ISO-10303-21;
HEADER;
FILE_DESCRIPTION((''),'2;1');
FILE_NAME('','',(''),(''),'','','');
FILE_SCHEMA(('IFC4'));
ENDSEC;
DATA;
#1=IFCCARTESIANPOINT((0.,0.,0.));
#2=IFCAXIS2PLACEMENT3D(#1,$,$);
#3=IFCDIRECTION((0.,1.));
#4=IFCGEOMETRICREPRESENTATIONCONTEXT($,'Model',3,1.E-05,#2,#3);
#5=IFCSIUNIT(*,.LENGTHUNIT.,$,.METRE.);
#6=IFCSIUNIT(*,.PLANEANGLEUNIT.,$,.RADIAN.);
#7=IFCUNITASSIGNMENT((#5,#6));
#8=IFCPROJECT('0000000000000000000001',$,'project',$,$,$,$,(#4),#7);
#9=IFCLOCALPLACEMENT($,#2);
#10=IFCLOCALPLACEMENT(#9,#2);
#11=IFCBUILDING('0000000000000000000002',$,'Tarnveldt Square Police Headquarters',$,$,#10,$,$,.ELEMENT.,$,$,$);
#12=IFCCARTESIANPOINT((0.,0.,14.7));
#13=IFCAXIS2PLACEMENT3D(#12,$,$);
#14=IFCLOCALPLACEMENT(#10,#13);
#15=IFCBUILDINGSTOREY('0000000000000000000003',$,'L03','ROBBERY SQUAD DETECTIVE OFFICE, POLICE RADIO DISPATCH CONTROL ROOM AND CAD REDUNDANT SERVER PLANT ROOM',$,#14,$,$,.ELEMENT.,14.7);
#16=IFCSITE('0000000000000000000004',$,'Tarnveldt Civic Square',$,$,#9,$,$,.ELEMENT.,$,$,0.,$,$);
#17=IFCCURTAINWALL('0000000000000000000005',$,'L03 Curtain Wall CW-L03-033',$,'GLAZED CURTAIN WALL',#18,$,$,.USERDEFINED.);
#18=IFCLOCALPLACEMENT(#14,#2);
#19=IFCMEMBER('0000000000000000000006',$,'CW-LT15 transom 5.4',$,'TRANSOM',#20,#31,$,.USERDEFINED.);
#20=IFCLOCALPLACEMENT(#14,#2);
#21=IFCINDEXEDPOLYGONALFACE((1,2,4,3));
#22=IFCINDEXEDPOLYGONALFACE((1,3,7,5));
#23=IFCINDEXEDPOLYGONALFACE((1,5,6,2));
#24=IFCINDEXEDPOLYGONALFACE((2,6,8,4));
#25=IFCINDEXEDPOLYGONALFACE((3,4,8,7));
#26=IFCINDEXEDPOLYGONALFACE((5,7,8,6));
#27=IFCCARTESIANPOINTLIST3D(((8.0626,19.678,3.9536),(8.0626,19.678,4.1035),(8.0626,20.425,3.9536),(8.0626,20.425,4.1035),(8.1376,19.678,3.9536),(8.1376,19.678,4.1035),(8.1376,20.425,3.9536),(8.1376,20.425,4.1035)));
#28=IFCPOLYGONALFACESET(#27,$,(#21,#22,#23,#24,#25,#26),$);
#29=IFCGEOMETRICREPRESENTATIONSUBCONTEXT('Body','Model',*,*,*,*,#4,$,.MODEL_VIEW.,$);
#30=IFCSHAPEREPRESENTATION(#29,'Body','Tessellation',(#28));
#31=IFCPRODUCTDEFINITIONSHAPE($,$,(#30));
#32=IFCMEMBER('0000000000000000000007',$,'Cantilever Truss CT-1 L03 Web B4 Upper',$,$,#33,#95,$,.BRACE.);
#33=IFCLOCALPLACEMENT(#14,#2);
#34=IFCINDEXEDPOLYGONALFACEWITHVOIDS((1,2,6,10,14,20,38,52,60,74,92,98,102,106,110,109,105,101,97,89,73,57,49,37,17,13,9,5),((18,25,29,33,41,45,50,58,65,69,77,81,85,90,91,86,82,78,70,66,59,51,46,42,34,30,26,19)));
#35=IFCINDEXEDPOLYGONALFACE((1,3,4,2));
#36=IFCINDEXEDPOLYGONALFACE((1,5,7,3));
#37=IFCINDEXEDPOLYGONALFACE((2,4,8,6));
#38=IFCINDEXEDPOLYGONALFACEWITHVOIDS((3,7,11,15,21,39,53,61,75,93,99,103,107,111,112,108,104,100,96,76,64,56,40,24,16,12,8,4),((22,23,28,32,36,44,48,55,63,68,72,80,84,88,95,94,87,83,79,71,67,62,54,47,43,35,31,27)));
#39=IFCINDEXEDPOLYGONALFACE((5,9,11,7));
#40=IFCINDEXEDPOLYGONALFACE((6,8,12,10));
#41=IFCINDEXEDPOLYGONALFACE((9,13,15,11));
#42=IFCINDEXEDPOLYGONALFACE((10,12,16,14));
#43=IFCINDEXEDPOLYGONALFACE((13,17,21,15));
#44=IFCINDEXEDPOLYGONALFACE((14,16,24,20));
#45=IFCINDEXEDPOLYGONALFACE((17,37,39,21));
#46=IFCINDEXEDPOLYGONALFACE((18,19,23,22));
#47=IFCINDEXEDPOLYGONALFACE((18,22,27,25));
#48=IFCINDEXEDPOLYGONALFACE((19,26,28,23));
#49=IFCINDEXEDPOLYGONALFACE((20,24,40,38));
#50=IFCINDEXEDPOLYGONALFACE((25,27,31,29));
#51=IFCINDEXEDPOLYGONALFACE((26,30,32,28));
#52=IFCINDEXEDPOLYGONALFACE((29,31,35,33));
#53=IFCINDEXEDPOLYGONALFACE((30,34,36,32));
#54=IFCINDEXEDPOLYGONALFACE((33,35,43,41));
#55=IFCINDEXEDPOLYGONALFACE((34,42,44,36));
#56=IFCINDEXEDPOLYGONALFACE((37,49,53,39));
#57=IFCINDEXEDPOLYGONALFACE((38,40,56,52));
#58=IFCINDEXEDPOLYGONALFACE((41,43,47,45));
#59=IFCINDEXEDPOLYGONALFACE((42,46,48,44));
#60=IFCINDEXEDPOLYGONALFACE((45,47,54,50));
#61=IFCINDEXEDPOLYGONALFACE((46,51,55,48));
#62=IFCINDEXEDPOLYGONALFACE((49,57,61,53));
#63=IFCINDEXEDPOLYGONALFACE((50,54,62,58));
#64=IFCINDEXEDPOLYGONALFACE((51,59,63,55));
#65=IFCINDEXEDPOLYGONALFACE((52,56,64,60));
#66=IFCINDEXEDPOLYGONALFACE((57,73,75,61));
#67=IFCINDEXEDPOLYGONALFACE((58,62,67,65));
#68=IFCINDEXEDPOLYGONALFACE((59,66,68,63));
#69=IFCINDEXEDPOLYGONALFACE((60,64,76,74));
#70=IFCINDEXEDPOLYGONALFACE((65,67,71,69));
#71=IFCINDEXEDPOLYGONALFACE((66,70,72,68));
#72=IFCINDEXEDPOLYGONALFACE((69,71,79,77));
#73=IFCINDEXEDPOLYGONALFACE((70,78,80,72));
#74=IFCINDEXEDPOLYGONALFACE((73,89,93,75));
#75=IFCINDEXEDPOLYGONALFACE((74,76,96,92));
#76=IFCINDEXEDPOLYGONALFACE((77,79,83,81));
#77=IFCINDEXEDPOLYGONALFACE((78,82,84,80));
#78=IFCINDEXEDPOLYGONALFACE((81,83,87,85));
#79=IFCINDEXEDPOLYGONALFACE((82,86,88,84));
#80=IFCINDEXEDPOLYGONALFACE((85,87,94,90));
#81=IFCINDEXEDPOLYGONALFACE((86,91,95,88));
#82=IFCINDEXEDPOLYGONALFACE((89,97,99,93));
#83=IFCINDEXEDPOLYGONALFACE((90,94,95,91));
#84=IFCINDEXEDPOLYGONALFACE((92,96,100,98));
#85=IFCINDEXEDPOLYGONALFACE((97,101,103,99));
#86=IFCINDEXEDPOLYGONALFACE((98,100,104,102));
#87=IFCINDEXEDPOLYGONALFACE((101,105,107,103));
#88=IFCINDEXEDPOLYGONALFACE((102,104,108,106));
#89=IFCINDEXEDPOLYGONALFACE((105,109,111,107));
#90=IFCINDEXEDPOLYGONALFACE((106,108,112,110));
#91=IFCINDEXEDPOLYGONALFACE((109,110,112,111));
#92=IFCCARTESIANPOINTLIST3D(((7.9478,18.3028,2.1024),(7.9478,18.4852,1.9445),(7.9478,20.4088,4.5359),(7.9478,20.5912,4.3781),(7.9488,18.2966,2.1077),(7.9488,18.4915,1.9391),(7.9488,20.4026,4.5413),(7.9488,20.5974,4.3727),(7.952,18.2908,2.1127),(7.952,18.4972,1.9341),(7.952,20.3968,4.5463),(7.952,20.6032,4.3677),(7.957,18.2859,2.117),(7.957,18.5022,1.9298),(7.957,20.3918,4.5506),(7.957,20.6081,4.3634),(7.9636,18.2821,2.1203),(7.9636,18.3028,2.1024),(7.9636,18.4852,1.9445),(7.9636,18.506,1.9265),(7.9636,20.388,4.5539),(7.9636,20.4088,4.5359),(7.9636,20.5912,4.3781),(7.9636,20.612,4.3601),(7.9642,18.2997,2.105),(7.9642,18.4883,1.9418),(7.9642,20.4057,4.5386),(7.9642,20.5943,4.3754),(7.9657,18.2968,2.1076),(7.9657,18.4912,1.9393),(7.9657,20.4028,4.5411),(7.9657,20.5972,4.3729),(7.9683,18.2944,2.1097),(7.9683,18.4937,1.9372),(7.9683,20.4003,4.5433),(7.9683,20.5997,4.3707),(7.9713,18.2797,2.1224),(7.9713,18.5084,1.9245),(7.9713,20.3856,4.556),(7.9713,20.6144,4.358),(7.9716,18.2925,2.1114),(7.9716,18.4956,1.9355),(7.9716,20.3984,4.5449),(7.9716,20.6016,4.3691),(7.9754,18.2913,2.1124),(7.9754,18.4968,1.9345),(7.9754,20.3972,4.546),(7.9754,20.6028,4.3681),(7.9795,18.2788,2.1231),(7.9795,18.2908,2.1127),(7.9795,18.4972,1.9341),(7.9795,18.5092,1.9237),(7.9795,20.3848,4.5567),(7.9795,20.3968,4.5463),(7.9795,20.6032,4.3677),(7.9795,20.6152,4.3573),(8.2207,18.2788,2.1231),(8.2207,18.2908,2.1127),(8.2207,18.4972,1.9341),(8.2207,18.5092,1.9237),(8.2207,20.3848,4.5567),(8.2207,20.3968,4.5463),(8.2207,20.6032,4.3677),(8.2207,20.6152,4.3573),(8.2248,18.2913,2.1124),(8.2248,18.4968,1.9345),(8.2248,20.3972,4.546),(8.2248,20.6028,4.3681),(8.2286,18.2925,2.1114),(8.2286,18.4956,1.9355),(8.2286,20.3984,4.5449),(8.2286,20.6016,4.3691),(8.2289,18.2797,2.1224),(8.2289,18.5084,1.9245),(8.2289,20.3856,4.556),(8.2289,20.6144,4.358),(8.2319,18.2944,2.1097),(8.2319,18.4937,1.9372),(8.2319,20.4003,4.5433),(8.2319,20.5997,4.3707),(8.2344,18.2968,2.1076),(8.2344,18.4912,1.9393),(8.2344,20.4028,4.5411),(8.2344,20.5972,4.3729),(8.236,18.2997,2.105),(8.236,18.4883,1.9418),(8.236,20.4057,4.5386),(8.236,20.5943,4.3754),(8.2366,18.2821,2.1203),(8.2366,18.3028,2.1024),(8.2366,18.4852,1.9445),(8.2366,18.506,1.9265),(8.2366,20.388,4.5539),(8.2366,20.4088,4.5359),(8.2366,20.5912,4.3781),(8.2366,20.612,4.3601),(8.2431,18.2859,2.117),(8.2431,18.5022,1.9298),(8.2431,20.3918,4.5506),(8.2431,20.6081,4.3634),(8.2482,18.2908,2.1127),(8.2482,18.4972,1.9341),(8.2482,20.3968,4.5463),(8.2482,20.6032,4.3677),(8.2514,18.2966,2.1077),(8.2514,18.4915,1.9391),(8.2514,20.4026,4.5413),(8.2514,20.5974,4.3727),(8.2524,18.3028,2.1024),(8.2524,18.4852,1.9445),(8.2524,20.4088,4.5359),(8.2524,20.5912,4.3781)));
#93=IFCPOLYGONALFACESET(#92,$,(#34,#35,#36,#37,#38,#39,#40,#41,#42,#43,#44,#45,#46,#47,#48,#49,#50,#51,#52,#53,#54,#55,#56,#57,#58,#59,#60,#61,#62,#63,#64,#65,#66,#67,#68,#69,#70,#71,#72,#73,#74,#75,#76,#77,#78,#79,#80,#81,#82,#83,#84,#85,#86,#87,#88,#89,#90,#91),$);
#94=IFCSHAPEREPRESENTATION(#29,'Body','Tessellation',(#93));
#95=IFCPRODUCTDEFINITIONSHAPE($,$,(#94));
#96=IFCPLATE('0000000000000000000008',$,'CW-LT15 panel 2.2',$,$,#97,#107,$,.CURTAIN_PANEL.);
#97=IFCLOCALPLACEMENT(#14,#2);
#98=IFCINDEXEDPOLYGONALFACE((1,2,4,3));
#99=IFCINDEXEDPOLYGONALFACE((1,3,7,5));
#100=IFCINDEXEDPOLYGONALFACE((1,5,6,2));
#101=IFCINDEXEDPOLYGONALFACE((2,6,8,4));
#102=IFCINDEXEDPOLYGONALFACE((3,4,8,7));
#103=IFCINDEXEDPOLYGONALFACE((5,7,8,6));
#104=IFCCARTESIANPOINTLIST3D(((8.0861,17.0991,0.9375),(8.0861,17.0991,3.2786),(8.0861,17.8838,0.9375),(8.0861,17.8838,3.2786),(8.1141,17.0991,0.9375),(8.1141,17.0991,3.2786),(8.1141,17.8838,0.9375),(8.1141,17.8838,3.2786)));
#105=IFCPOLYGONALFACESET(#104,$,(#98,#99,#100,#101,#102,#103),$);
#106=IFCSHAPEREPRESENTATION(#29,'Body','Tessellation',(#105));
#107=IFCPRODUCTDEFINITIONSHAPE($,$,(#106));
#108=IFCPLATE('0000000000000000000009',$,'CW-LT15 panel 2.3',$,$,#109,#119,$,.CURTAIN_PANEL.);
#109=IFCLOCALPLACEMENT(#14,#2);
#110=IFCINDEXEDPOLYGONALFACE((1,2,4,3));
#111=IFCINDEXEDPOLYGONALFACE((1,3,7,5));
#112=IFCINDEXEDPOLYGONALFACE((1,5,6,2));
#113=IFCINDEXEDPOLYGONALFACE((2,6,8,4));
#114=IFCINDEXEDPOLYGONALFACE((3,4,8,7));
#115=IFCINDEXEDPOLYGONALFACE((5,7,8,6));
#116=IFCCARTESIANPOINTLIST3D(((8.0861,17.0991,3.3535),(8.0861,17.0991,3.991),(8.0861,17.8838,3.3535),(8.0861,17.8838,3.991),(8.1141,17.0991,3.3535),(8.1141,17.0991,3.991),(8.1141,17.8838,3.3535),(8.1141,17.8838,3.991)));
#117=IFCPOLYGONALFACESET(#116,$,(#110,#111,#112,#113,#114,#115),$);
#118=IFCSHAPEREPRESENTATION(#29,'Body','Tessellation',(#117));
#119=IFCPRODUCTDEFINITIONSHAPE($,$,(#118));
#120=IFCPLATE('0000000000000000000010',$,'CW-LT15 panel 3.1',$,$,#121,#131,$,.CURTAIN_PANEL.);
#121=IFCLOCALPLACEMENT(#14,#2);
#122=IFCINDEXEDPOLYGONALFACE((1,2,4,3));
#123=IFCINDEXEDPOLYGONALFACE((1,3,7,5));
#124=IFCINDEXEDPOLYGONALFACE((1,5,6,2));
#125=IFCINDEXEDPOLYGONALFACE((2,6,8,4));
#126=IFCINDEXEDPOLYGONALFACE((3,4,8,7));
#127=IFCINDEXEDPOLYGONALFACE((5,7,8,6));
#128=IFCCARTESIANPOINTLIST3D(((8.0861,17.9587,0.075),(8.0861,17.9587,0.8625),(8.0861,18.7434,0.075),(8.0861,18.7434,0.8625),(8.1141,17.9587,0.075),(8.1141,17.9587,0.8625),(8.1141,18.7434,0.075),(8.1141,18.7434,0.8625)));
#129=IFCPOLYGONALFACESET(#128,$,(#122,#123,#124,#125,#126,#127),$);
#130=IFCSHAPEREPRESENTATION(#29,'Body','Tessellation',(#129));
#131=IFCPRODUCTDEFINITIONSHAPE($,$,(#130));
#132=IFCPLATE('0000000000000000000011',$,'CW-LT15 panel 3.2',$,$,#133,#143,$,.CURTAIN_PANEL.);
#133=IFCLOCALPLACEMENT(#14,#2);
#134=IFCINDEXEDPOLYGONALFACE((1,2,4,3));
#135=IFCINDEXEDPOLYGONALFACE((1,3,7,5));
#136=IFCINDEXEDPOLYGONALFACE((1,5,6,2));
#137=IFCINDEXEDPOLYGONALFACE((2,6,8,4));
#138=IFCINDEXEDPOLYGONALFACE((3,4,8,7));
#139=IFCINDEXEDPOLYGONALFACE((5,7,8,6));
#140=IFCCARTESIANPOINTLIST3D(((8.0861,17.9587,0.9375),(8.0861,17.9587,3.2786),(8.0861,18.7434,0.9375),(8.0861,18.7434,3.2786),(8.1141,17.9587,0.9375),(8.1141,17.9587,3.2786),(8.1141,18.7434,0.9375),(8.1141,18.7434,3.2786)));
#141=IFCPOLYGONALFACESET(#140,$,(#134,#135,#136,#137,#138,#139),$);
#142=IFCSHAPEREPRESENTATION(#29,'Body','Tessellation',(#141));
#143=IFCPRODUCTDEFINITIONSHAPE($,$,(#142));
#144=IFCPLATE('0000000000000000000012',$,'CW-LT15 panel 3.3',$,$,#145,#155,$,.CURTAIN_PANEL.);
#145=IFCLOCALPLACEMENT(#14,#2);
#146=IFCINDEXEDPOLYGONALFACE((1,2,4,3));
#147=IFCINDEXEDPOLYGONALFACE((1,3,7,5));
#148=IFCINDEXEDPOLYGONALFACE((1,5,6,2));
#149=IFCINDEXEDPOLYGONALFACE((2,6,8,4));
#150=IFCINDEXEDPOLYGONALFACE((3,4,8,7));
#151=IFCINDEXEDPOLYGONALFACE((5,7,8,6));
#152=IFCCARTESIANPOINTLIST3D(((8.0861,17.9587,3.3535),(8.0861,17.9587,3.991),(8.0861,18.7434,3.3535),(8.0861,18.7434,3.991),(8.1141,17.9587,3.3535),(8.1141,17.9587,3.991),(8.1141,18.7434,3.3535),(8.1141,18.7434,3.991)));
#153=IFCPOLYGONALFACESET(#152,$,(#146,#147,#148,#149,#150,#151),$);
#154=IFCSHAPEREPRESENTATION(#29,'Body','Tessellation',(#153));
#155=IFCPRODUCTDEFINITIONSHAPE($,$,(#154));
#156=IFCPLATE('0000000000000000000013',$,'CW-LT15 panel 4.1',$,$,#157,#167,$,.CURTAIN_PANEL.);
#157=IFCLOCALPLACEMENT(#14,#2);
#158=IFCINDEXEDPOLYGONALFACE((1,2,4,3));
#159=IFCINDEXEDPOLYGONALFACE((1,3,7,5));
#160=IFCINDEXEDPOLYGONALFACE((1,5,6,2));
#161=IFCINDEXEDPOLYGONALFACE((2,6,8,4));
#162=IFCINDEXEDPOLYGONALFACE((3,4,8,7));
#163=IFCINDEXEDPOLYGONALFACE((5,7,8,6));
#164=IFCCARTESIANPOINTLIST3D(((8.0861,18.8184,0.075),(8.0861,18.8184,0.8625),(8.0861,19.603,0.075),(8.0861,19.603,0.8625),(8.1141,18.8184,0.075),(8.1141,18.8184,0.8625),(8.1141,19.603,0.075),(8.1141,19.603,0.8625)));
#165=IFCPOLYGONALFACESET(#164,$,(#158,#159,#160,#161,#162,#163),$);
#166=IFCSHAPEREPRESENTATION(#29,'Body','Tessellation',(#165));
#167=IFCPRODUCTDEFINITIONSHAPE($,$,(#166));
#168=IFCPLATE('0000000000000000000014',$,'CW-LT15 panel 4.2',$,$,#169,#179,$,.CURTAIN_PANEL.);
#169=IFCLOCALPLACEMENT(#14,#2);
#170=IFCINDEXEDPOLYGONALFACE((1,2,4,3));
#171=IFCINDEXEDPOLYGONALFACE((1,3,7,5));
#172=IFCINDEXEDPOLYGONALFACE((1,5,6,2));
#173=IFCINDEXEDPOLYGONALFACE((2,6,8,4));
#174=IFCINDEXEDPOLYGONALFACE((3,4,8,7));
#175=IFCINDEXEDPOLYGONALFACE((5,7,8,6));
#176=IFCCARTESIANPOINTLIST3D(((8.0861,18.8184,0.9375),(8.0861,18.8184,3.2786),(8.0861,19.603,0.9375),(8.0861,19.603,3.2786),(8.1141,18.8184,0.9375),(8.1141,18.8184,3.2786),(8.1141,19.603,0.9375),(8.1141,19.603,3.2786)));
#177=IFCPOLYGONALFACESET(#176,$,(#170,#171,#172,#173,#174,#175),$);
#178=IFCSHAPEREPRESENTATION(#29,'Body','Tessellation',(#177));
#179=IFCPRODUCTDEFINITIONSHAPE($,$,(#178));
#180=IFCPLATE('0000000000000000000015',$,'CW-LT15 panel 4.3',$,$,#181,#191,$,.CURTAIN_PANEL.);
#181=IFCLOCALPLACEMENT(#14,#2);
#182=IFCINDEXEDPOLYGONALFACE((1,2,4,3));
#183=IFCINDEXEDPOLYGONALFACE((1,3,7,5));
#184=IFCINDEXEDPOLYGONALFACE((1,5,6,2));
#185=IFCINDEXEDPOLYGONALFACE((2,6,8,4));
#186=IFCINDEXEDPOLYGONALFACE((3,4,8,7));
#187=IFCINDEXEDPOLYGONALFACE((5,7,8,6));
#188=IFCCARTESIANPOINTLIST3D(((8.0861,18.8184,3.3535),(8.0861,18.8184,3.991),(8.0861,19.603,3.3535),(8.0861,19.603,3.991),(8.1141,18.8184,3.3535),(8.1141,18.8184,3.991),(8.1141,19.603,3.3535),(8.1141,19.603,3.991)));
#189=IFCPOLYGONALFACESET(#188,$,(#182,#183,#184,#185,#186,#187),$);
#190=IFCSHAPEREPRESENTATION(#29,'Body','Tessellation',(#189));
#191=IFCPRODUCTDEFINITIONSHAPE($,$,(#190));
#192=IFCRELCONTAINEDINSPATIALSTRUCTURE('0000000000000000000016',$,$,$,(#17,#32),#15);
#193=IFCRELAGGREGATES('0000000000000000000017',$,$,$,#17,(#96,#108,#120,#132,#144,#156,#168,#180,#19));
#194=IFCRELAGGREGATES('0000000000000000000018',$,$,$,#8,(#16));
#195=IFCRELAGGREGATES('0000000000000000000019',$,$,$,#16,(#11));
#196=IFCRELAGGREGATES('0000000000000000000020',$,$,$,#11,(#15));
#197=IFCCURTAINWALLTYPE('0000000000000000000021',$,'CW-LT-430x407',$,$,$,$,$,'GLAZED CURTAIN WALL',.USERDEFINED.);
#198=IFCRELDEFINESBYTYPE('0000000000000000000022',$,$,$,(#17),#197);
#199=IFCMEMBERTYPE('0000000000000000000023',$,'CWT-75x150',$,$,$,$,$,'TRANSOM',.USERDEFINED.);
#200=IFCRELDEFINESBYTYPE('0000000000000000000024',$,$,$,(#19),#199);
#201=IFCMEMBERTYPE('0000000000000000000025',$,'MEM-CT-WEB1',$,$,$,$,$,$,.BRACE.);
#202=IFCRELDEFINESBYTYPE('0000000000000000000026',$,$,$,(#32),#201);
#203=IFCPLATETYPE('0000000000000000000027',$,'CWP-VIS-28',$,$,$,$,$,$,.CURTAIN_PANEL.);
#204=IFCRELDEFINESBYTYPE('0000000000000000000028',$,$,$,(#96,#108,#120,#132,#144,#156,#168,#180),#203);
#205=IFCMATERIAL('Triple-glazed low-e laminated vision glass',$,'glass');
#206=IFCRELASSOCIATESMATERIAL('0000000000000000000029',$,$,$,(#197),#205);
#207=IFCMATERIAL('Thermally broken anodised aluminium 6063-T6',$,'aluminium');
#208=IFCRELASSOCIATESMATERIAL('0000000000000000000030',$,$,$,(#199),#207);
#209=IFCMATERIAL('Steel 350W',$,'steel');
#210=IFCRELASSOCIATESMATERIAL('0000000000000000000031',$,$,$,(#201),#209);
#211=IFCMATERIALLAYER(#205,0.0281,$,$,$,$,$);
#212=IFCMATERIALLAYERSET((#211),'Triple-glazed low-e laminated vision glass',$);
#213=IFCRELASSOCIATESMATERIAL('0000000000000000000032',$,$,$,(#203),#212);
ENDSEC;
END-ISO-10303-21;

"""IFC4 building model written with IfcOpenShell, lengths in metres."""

from ifc_helpers import new_model, si_unit, direction, frame, origin, origin_2d, place, context, subcontext, project, spatial, rectangle, hollow_rectangle, extrude, material, layer, layer_set, material_profile, profile_set, type_object, element, aggregate, save


model = new_model("IFC4")

# Units and contexts
model_context = context("Model", 3, precision=1e-05, world=origin(), true_north=direction((0.0, 1.0)))
body_context = subcontext(model_context, "Body", "Model", "MODEL_VIEW")
ifc_project = project(units=[si_unit("LENGTHUNIT", "METRE"), si_unit("PLANEANGLEUNIT", "RADIAN")], contexts=[model_context])

# Site, building, storey
site_placement = place(None, origin())
site = spatial("IfcSite", under=ifc_project, at=site_placement, Name="Tarnveldt Civic Square", CompositionType="ELEMENT", RefElevation=0.0)
building_placement = place(site_placement, origin())
building = spatial("IfcBuilding", under=site, at=building_placement, Name="Tarnveldt Square Police Headquarters", CompositionType="ELEMENT")
storey_placement = place(building_placement, frame((0.0, 0.0, 14.7)))
storey = spatial("IfcBuildingStorey", under=building, at=storey_placement, Name="L03", Description="ROBBERY SQUAD DETECTIVE OFFICE, POLICE RADIO DISPATCH CONTROL ROOM AND CAD REDUNDANT SERVER PLANT ROOM", CompositionType="ELEMENT", Elevation=14.7)

# Curtain wall, member
ifc_material_1 = material(Name="Triple-glazed low-e laminated vision glass", Category="glass")
curtain_wall_type = type_object("IfcCurtainWallType", Name="CW-LT-430x407", ElementType="GLAZED CURTAIN WALL", PredefinedType="USERDEFINED", material=ifc_material_1)
curtain_wall_placement = place(storey_placement, origin())
curtain_wall = element("IfcCurtainWall", 1, at=curtain_wall_placement, inside=storey, type_object=curtain_wall_type, Name="L03 Curtain Wall CW-L03-033", ObjectType="GLAZED CURTAIN WALL", PredefinedType="USERDEFINED")
ifc_material_2 = material(Name="Thermally broken anodised aluminium 6063-T6", Category="aluminium")
ifc_material_profile_1 = material_profile(ifc_material_2, rectangle(XDim=0.075, YDim=0.1499, at=origin_2d()), Name="CW-T75x150")
ifc_profile_set_1 = profile_set([ifc_material_profile_1], Name="Thermally broken anodised aluminium 6063-T6")
member_type_1 = type_object("IfcMemberType", Name="CWT-75x150", ElementType="TRANSOM", PredefinedType="USERDEFINED", material=ifc_profile_set_1)
member_1_placement = place(storey_placement, frame((8.1001, 19.678, 4.0286), z_axis=(0.0, 1.0, 0.0), x_axis=(-1.0, 0.0, 0.0)))
member_1 = element("IfcMember", 2, at=member_1_placement, type_object=member_type_1, Name="CW-LT15 transom 5.4", ObjectType="TRANSOM", PredefinedType="USERDEFINED", context=body_context, shape_type="SweptSolid", body=[
    extrude(rectangle(XDim=0.075, YDim=0.1499, at=origin_2d()), origin(), (0.0, 0.0, 1.0), 0.7471),
])

# Member
ifc_material_3 = material(Name="Steel 350W", Category="steel")
ifc_material_profile_2 = material_profile(ifc_material_3, hollow_rectangle(XDim=0.3047, YDim=0.3047, WallThickness=0.0159, InnerFilletRadius=0.0159, OuterFilletRadius=0.0317, at=origin_2d()), Name="HSS305x305x16")
ifc_profile_set_2 = profile_set([ifc_material_profile_2], Name="Steel 350W")
member_type_2 = type_object("IfcMemberType", Name="MEM-CT-WEB1", PredefinedType="BRACE", material=ifc_profile_set_2)
member_2_placement = place(storey_placement, frame((8.1001, 18.394, 2.0234), z_axis=(0.0, 0.65437, 0.756174), x_axis=(-1.0, 0.0, 0.0)))
element("IfcMember", 3, at=member_2_placement, inside=storey, type_object=member_type_2, Name="Cantilever Truss CT-1 L03 Web B4 Upper", PredefinedType="BRACE", context=body_context, shape_type="SweptSolid", body=[
    extrude(hollow_rectangle(XDim=0.3047, YDim=0.3047, WallThickness=0.0159, InnerFilletRadius=0.0159, OuterFilletRadius=0.0317, at=origin_2d()), origin(), (0.0, 0.0, 1.0), 3.2183),
])

# Plates
ifc_layer_1 = layer(ifc_material_1, 0.0281)
ifc_layer_set_1 = layer_set([ifc_layer_1], Name="Triple-glazed low-e laminated vision glass")
plate_type_1 = type_object("IfcPlateType", Name="CWP-VIS-28", PredefinedType="CURTAIN_PANEL", material=ifc_layer_set_1)
plate_1_placement = place(storey_placement, frame((8.1001, 17.4915, 0.9375), z_axis=(0.0, 0.0, 1.0), x_axis=(0.0, 1.0, 0.0)))
plate_1 = element("IfcPlate", 4, at=plate_1_placement, type_object=plate_type_1, Name="CW-LT15 panel 2.2", PredefinedType="CURTAIN_PANEL", context=body_context, shape_type="SweptSolid", body=[
    extrude(rectangle(XDim=0.7847, YDim=0.0281, at=origin_2d()), origin(), (0.0, 0.0, 1.0), 2.3411),
])
plate_2_placement = place(storey_placement, frame((8.1001, 17.4915, 3.3535), z_axis=(0.0, 0.0, 1.0), x_axis=(0.0, 1.0, 0.0)))
plate_2 = element("IfcPlate", 5, at=plate_2_placement, type_object=plate_type_1, Name="CW-LT15 panel 2.3", PredefinedType="CURTAIN_PANEL", context=body_context, shape_type="SweptSolid", body=[
    extrude(rectangle(XDim=0.7847, YDim=0.0281, at=origin_2d()), origin(), (0.0, 0.0, 1.0), 0.6375),
])
plate_3_placement = place(storey_placement, frame((8.1001, 18.3511, 0.075), z_axis=(0.0, 0.0, 1.0), x_axis=(0.0, 1.0, 0.0)))
plate_3 = element("IfcPlate", 6, at=plate_3_placement, type_object=plate_type_1, Name="CW-LT15 panel 3.1", PredefinedType="CURTAIN_PANEL", context=body_context, shape_type="SweptSolid", body=[
    extrude(rectangle(XDim=0.7847, YDim=0.0281, at=origin_2d()), origin(), (0.0, 0.0, 1.0), 0.7876),
])
plate_4_placement = place(storey_placement, frame((8.1001, 18.3511, 0.9375), z_axis=(0.0, 0.0, 1.0), x_axis=(0.0, 1.0, 0.0)))
plate_4 = element("IfcPlate", 7, at=plate_4_placement, type_object=plate_type_1, Name="CW-LT15 panel 3.2", PredefinedType="CURTAIN_PANEL", context=body_context, shape_type="SweptSolid", body=[
    extrude(rectangle(XDim=0.7847, YDim=0.0281, at=origin_2d()), origin(), (0.0, 0.0, 1.0), 2.3411),
])
plate_5_placement = place(storey_placement, frame((8.1001, 18.3511, 3.3535), z_axis=(0.0, 0.0, 1.0), x_axis=(0.0, 1.0, 0.0)))
plate_5 = element("IfcPlate", 8, at=plate_5_placement, type_object=plate_type_1, Name="CW-LT15 panel 3.3", PredefinedType="CURTAIN_PANEL", context=body_context, shape_type="SweptSolid", body=[
    extrude(rectangle(XDim=0.7847, YDim=0.0281, at=origin_2d()), origin(), (0.0, 0.0, 1.0), 0.6375),
])
plate_6_placement = place(storey_placement, frame((8.1001, 19.2107, 0.075), z_axis=(0.0, 0.0, 1.0), x_axis=(0.0, 1.0, 0.0)))
plate_6 = element("IfcPlate", 9, at=plate_6_placement, type_object=plate_type_1, Name="CW-LT15 panel 4.1", PredefinedType="CURTAIN_PANEL", context=body_context, shape_type="SweptSolid", body=[
    extrude(rectangle(XDim=0.7847, YDim=0.0281, at=origin_2d()), origin(), (0.0, 0.0, 1.0), 0.7876),
])
plate_7_placement = place(storey_placement, frame((8.1001, 19.2107, 0.9375), z_axis=(0.0, 0.0, 1.0), x_axis=(0.0, 1.0, 0.0)))
plate_7 = element("IfcPlate", 10, at=plate_7_placement, type_object=plate_type_1, Name="CW-LT15 panel 4.2", PredefinedType="CURTAIN_PANEL", context=body_context, shape_type="SweptSolid", body=[
    extrude(rectangle(XDim=0.7847, YDim=0.0281, at=origin_2d()), origin(), (0.0, 0.0, 1.0), 2.3411),
])
plate_8_placement = place(storey_placement, frame((8.1001, 19.2107, 3.3535), z_axis=(0.0, 0.0, 1.0), x_axis=(0.0, 1.0, 0.0)))
plate_8 = element("IfcPlate", 11, at=plate_8_placement, type_object=plate_type_1, Name="CW-LT15 panel 4.3", PredefinedType="CURTAIN_PANEL", context=body_context, shape_type="SweptSolid", body=[
    extrude(rectangle(XDim=0.7847, YDim=0.0281, at=origin_2d()), origin(), (0.0, 0.0, 1.0), 0.6375),
])
aggregate(curtain_wall, [plate_1, plate_2, plate_3, plate_4, plate_5, plate_6, plate_7, plate_8, member_1])

save(model, "model.ifc")
